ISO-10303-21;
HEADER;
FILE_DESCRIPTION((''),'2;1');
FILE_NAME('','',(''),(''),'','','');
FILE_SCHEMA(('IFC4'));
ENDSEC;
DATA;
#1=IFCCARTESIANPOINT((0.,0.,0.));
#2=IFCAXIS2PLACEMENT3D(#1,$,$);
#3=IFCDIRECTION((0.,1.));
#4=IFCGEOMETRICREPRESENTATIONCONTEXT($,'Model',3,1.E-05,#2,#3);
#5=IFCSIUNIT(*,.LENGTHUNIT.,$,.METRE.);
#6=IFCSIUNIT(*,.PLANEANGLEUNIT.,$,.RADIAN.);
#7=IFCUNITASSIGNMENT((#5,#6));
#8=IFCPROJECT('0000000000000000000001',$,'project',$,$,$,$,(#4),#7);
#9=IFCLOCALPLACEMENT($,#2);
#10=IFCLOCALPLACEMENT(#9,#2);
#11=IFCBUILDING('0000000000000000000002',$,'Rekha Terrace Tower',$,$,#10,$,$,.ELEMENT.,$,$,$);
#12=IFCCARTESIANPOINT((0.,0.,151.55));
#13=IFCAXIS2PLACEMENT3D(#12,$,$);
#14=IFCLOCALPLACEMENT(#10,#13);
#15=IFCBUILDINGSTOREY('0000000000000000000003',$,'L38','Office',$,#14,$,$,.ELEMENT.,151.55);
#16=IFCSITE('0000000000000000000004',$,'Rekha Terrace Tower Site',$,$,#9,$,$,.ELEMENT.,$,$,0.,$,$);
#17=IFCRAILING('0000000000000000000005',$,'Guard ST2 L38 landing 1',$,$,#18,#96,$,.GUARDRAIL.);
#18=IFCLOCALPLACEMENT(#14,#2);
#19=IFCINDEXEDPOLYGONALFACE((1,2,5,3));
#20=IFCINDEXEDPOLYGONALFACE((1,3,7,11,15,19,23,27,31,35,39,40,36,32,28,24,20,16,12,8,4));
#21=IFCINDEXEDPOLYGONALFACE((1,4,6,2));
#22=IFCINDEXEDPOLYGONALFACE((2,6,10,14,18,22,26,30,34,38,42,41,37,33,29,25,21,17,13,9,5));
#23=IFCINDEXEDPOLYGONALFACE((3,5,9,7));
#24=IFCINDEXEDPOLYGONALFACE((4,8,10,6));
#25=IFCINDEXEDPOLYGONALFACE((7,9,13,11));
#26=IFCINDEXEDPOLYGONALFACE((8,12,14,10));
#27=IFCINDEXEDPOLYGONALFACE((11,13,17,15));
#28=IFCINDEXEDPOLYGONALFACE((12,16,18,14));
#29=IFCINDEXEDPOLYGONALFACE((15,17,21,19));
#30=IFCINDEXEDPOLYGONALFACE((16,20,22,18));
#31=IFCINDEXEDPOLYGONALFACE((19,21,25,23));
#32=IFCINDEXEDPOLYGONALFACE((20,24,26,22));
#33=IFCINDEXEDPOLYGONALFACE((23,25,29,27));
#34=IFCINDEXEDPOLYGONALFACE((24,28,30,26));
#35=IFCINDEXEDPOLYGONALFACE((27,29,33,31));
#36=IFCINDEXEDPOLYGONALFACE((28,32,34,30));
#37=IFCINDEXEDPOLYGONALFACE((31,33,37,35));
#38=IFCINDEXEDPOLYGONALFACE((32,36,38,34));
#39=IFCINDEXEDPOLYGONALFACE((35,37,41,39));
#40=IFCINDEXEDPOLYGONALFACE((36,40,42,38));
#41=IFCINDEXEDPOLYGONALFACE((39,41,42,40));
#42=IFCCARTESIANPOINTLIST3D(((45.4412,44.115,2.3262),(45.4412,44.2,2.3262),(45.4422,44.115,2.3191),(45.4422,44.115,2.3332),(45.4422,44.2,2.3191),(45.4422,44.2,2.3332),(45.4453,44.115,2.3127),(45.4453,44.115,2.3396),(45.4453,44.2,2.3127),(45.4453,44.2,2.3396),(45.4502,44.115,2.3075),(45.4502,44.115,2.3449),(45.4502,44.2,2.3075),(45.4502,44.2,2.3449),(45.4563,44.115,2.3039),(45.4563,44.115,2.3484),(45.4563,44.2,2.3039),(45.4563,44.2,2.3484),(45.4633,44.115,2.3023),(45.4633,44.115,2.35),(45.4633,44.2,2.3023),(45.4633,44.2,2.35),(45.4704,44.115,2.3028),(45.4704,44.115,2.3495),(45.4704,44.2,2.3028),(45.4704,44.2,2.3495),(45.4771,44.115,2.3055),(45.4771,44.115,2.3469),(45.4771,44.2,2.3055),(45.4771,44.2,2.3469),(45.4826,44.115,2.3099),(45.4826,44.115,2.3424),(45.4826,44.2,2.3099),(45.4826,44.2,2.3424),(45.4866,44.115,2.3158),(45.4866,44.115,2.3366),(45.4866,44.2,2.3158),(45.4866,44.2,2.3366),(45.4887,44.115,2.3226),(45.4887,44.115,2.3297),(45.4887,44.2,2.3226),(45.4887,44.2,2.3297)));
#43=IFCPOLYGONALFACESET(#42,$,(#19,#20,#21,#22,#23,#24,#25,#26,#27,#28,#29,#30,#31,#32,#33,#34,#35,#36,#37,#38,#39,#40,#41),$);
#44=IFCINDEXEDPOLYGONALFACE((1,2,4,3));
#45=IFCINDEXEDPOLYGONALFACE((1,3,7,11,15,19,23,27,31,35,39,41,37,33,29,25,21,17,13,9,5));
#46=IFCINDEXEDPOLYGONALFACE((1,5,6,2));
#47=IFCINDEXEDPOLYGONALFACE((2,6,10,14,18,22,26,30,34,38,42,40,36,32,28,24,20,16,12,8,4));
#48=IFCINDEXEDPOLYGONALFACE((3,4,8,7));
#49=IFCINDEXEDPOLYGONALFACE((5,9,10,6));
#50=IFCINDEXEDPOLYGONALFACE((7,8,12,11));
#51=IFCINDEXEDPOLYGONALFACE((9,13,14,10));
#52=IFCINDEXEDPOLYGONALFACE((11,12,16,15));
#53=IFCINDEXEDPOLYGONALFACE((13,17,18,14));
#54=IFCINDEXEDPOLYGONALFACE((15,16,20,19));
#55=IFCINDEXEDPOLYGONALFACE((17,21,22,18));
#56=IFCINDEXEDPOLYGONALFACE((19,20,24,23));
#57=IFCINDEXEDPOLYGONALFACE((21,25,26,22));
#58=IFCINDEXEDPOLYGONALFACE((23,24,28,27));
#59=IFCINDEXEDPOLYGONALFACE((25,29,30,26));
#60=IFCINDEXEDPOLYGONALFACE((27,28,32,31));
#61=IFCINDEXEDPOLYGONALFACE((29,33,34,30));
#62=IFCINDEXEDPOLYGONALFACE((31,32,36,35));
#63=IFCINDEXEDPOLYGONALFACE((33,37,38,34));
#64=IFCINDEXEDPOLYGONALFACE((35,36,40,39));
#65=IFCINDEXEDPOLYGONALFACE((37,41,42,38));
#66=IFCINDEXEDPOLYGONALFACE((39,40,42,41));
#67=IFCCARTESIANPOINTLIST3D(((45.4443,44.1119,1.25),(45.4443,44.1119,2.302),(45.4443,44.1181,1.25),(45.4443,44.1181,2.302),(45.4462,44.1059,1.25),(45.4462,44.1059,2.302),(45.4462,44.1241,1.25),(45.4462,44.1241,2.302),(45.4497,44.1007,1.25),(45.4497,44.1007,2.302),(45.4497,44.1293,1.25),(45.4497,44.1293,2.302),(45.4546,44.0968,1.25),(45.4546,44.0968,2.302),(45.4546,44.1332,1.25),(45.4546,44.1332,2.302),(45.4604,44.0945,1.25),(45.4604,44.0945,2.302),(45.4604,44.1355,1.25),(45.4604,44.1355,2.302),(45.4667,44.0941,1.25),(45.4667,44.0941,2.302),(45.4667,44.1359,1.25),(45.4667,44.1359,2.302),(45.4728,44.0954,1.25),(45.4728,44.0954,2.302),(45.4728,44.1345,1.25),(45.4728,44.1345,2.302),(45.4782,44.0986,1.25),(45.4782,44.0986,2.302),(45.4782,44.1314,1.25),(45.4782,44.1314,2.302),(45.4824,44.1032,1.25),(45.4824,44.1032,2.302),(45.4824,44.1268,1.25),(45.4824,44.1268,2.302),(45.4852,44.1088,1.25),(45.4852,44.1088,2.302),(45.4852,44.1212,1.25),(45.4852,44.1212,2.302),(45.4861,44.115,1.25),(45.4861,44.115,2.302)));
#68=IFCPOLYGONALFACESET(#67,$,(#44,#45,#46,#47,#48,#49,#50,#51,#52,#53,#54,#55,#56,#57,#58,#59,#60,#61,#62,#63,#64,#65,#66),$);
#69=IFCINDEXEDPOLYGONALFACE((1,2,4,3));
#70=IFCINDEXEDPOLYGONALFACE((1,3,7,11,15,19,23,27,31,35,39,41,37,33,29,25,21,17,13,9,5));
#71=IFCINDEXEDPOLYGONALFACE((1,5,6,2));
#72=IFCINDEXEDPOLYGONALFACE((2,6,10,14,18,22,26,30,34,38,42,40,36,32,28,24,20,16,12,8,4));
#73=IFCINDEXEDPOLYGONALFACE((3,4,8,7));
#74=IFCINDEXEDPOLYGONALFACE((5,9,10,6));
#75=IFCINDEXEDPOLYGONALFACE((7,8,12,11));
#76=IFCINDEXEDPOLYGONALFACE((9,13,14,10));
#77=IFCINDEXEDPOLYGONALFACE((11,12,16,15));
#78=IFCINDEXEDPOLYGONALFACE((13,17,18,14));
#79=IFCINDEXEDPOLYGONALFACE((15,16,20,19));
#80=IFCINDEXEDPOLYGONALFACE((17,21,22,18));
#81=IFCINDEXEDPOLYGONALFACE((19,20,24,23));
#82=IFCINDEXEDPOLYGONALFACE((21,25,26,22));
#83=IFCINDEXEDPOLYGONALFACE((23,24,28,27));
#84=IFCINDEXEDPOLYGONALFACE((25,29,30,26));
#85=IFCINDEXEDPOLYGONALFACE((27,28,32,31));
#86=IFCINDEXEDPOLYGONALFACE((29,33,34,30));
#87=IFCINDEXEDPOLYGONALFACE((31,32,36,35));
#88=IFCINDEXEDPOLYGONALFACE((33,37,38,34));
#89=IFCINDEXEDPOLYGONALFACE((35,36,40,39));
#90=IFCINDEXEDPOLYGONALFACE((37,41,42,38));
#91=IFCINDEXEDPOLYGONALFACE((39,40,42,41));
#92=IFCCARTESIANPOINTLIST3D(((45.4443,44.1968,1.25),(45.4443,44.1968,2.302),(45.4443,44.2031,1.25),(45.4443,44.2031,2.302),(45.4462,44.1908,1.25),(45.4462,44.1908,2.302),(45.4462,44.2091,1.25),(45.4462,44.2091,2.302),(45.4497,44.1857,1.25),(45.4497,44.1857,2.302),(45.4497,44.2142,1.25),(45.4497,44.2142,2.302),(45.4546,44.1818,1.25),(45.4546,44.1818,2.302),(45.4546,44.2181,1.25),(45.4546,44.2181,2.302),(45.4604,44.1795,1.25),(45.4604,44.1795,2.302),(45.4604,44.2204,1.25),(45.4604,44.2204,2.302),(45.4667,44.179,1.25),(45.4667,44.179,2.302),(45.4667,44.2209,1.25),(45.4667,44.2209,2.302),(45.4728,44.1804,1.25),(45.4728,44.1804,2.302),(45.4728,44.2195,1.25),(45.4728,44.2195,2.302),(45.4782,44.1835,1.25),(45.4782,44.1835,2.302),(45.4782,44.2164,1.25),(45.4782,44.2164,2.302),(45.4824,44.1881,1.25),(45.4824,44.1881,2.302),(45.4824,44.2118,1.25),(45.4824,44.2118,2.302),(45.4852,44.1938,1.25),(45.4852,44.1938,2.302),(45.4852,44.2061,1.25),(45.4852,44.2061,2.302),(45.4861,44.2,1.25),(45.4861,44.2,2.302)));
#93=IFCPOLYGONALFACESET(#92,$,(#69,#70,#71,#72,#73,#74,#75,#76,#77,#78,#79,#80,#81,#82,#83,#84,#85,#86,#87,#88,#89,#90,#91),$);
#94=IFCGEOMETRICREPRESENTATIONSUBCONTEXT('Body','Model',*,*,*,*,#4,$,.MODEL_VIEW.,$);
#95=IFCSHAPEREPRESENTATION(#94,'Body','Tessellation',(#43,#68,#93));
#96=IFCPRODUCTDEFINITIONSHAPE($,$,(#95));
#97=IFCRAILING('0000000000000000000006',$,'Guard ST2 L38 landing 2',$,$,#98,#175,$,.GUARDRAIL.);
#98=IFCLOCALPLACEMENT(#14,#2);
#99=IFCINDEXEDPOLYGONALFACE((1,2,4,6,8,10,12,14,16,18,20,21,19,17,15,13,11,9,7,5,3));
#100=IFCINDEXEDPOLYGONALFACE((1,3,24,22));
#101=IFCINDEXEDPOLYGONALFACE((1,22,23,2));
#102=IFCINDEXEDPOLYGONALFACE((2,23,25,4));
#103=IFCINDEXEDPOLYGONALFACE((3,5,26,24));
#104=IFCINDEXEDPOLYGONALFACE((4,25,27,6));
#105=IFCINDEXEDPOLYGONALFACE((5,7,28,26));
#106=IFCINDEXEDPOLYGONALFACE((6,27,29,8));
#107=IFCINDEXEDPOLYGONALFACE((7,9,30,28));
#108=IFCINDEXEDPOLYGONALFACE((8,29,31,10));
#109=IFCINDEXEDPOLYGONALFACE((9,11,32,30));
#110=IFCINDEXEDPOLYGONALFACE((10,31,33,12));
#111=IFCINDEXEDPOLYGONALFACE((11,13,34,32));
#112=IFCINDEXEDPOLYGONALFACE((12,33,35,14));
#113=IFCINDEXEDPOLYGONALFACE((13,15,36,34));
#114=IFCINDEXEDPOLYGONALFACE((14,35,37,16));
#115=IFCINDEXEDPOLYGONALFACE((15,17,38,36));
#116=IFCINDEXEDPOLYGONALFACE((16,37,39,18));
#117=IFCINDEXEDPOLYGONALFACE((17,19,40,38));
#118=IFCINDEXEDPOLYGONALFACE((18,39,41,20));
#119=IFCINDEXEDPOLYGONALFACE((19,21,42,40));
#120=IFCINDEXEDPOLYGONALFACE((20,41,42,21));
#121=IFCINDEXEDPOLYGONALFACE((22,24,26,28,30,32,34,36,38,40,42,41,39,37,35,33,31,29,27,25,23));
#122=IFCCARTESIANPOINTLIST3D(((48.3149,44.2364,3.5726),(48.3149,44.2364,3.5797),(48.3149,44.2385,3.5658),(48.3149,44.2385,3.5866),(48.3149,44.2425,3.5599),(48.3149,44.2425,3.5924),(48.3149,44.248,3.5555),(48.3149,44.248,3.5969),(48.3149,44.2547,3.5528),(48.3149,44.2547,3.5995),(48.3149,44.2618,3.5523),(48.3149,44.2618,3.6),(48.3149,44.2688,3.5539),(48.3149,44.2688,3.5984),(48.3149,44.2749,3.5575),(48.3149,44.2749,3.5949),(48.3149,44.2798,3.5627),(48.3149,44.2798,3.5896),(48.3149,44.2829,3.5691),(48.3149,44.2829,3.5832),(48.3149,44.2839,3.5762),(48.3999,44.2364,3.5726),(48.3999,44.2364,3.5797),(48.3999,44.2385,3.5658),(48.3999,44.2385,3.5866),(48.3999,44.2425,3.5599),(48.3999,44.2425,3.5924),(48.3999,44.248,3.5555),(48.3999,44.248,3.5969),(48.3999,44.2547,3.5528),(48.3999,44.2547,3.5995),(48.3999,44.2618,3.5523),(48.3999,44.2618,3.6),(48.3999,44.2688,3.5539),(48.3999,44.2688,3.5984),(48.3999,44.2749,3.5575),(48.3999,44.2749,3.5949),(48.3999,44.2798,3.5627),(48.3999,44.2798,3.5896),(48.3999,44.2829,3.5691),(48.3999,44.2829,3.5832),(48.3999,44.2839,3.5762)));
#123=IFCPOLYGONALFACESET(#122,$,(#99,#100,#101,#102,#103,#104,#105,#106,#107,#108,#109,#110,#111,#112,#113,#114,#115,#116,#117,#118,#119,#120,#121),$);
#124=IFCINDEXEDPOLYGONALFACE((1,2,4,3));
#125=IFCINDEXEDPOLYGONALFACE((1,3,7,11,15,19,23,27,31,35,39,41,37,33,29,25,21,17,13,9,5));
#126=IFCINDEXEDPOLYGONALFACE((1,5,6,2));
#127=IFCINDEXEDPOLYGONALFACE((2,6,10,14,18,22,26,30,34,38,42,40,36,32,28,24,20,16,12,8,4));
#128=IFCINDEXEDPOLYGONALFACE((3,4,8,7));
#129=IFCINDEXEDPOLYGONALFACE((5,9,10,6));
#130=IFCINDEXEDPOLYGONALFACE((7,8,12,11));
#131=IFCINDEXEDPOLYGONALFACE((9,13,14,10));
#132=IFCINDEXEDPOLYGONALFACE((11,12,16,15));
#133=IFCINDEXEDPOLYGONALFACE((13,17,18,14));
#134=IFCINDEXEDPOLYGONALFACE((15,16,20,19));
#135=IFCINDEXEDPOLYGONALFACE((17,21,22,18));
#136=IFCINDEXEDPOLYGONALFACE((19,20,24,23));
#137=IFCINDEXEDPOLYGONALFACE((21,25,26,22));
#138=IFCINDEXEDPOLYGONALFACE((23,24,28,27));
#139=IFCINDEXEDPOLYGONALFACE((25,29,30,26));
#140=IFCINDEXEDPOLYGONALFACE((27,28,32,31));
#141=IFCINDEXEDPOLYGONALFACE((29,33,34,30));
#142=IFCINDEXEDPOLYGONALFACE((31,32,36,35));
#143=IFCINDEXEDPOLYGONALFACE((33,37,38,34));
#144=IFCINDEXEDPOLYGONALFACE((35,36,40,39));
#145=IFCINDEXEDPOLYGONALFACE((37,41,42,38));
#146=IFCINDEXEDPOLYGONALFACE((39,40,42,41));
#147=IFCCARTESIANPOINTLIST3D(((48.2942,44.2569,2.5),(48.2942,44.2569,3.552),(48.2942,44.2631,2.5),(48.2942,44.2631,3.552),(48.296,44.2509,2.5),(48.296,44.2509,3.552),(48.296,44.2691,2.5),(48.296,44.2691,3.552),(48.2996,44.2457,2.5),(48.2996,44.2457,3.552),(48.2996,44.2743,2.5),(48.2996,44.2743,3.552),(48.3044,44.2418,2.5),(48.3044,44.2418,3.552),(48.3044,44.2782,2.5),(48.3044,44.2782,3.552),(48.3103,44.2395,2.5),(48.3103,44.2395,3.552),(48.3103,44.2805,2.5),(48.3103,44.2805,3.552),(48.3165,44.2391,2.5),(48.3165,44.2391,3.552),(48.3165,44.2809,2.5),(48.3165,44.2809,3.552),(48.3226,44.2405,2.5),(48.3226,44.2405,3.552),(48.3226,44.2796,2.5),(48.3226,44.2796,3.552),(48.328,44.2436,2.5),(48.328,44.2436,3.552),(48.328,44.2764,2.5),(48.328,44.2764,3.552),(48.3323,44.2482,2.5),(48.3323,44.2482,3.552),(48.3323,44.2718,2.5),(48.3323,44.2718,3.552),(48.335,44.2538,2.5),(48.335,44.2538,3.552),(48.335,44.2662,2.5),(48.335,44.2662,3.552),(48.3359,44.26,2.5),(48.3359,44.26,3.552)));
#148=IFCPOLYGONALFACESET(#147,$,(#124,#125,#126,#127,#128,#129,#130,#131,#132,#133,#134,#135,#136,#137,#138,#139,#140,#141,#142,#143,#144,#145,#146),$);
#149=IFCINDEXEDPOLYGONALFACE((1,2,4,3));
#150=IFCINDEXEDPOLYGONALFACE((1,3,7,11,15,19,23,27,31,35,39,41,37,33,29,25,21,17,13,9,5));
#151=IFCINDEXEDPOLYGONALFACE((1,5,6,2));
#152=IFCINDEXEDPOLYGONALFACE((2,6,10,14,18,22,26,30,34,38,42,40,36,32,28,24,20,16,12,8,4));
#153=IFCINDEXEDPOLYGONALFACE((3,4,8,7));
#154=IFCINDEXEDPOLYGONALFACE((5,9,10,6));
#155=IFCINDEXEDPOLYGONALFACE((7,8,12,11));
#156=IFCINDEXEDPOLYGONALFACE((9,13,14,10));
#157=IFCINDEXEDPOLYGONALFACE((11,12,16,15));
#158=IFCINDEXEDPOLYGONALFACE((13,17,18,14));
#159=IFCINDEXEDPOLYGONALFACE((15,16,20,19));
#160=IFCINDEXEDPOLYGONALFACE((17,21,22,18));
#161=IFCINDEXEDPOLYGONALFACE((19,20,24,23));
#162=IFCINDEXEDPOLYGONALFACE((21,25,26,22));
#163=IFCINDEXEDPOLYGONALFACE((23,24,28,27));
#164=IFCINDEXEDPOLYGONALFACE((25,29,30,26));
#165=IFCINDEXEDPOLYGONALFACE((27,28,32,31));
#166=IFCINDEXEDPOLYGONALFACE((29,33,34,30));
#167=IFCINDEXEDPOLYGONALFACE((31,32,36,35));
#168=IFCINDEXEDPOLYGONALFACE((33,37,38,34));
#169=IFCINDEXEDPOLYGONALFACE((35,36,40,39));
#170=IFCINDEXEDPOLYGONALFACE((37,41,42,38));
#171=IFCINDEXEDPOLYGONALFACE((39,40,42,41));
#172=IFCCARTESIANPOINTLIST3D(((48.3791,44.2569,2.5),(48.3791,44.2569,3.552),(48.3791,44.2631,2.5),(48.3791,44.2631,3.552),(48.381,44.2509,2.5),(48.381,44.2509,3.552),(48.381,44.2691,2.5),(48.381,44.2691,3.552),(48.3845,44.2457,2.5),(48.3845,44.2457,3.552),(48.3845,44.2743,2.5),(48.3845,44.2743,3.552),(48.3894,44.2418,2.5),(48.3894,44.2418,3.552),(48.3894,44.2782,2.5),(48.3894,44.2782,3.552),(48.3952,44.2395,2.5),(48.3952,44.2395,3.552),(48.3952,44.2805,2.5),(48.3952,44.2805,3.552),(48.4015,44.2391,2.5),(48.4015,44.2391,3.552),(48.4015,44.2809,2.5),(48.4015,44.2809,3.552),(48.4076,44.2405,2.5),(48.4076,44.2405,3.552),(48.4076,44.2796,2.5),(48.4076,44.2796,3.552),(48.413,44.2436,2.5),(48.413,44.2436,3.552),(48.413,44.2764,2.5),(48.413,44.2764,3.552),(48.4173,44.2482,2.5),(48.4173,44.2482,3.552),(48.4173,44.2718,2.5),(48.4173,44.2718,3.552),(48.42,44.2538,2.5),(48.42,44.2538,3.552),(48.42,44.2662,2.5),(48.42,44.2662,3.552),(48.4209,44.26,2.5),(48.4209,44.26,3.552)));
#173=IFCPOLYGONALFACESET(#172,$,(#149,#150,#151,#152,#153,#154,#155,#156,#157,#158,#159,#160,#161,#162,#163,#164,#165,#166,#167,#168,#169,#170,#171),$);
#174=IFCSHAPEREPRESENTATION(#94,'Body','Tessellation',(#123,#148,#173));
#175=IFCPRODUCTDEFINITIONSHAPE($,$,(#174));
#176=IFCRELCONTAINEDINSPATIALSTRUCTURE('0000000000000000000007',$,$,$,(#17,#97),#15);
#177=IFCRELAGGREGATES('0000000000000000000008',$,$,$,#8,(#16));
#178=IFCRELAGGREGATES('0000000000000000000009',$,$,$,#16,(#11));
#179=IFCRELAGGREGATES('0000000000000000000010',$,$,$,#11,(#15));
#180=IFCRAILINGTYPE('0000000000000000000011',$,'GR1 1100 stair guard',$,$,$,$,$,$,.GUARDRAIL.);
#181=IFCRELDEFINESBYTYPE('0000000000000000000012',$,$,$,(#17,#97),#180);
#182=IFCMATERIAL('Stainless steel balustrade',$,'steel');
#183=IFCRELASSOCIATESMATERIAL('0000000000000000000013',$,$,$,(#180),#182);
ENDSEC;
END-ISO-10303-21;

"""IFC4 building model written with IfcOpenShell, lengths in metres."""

from ifc_helpers import new_model, si_unit, direction, frame, origin, origin_2d, place, context, subcontext, project, spatial, circle, extrude, material, type_object, element, save


model = new_model("IFC4")

# Units and contexts
model_context = context("Model", 3, precision=1e-05, world=origin(), true_north=direction((0.0, 1.0)))
body_context = subcontext(model_context, "Body", "Model", "MODEL_VIEW")
ifc_project = project(units=[si_unit("LENGTHUNIT", "METRE"), si_unit("PLANEANGLEUNIT", "RADIAN")], contexts=[model_context])

# Site, building, storey
site_placement = place(None, origin())
site = spatial("IfcSite", under=ifc_project, at=site_placement, Name="Rekha Terrace Tower Site", CompositionType="ELEMENT", RefElevation=0.0)
building_placement = place(site_placement, origin())
building = spatial("IfcBuilding", under=site, at=building_placement, Name="Rekha Terrace Tower", CompositionType="ELEMENT")
storey_placement = place(building_placement, frame((0.0, 0.0, 151.55)))
storey = spatial("IfcBuildingStorey", under=building, at=storey_placement, Name="L38", Description="Office", CompositionType="ELEMENT", Elevation=151.55)

# Railings
ifc_material_1 = material(Name="Stainless steel balustrade", Category="steel")
railing_type_1 = type_object("IfcRailingType", Name="GR1 1100 stair guard", PredefinedType="GUARDRAIL", material=ifc_material_1)
railing_1_placement = place(storey_placement, frame((45.4651, 44.115, 1.25)))
element("IfcRailing", 1, at=railing_1_placement, inside=storey, type_object=railing_type_1, Name="Guard ST2 L38 landing 1", PredefinedType="GUARDRAIL", context=body_context, shape_type="SweptSolid", body=[
    extrude(circle(Radius=0.0239, at=origin_2d()), frame((0.0, 0.0, 1.0762), z_axis=(0.0, 1.0, 0.0), x_axis=(-1.0, 0.0, 0.0)), (0.0, 0.0, 1.0), 0.085),
    extrude(circle(Radius=0.021, at=origin_2d()), origin(), (0.0, 0.0, 1.0), 1.052),
    extrude(circle(Radius=0.021, at=origin_2d()), frame((0.0, 0.085, 0.0)), (0.0, 0.0, 1.0), 1.052),
])
railing_2_placement = place(storey_placement, frame((48.3149, 44.26, 2.5)))
element("IfcRailing", 2, at=railing_2_placement, inside=storey, type_object=railing_type_1, Name="Guard ST2 L38 landing 2", PredefinedType="GUARDRAIL", context=body_context, shape_type="SweptSolid", body=[
    extrude(circle(Radius=0.0239, at=origin_2d()), frame((0.0, 0.0, 1.0762), z_axis=(1.0, 0.0, 0.0), x_axis=(0.0, 1.0, 0.0)), (0.0, 0.0, 1.0), 0.085),
    extrude(circle(Radius=0.021, at=origin_2d()), origin(), (0.0, 0.0, 1.0), 1.052),
    extrude(circle(Radius=0.021, at=origin_2d()), frame((0.085, 0.0, 0.0)), (0.0, 0.0, 1.0), 1.052),
])

save(model, "model.ifc")
